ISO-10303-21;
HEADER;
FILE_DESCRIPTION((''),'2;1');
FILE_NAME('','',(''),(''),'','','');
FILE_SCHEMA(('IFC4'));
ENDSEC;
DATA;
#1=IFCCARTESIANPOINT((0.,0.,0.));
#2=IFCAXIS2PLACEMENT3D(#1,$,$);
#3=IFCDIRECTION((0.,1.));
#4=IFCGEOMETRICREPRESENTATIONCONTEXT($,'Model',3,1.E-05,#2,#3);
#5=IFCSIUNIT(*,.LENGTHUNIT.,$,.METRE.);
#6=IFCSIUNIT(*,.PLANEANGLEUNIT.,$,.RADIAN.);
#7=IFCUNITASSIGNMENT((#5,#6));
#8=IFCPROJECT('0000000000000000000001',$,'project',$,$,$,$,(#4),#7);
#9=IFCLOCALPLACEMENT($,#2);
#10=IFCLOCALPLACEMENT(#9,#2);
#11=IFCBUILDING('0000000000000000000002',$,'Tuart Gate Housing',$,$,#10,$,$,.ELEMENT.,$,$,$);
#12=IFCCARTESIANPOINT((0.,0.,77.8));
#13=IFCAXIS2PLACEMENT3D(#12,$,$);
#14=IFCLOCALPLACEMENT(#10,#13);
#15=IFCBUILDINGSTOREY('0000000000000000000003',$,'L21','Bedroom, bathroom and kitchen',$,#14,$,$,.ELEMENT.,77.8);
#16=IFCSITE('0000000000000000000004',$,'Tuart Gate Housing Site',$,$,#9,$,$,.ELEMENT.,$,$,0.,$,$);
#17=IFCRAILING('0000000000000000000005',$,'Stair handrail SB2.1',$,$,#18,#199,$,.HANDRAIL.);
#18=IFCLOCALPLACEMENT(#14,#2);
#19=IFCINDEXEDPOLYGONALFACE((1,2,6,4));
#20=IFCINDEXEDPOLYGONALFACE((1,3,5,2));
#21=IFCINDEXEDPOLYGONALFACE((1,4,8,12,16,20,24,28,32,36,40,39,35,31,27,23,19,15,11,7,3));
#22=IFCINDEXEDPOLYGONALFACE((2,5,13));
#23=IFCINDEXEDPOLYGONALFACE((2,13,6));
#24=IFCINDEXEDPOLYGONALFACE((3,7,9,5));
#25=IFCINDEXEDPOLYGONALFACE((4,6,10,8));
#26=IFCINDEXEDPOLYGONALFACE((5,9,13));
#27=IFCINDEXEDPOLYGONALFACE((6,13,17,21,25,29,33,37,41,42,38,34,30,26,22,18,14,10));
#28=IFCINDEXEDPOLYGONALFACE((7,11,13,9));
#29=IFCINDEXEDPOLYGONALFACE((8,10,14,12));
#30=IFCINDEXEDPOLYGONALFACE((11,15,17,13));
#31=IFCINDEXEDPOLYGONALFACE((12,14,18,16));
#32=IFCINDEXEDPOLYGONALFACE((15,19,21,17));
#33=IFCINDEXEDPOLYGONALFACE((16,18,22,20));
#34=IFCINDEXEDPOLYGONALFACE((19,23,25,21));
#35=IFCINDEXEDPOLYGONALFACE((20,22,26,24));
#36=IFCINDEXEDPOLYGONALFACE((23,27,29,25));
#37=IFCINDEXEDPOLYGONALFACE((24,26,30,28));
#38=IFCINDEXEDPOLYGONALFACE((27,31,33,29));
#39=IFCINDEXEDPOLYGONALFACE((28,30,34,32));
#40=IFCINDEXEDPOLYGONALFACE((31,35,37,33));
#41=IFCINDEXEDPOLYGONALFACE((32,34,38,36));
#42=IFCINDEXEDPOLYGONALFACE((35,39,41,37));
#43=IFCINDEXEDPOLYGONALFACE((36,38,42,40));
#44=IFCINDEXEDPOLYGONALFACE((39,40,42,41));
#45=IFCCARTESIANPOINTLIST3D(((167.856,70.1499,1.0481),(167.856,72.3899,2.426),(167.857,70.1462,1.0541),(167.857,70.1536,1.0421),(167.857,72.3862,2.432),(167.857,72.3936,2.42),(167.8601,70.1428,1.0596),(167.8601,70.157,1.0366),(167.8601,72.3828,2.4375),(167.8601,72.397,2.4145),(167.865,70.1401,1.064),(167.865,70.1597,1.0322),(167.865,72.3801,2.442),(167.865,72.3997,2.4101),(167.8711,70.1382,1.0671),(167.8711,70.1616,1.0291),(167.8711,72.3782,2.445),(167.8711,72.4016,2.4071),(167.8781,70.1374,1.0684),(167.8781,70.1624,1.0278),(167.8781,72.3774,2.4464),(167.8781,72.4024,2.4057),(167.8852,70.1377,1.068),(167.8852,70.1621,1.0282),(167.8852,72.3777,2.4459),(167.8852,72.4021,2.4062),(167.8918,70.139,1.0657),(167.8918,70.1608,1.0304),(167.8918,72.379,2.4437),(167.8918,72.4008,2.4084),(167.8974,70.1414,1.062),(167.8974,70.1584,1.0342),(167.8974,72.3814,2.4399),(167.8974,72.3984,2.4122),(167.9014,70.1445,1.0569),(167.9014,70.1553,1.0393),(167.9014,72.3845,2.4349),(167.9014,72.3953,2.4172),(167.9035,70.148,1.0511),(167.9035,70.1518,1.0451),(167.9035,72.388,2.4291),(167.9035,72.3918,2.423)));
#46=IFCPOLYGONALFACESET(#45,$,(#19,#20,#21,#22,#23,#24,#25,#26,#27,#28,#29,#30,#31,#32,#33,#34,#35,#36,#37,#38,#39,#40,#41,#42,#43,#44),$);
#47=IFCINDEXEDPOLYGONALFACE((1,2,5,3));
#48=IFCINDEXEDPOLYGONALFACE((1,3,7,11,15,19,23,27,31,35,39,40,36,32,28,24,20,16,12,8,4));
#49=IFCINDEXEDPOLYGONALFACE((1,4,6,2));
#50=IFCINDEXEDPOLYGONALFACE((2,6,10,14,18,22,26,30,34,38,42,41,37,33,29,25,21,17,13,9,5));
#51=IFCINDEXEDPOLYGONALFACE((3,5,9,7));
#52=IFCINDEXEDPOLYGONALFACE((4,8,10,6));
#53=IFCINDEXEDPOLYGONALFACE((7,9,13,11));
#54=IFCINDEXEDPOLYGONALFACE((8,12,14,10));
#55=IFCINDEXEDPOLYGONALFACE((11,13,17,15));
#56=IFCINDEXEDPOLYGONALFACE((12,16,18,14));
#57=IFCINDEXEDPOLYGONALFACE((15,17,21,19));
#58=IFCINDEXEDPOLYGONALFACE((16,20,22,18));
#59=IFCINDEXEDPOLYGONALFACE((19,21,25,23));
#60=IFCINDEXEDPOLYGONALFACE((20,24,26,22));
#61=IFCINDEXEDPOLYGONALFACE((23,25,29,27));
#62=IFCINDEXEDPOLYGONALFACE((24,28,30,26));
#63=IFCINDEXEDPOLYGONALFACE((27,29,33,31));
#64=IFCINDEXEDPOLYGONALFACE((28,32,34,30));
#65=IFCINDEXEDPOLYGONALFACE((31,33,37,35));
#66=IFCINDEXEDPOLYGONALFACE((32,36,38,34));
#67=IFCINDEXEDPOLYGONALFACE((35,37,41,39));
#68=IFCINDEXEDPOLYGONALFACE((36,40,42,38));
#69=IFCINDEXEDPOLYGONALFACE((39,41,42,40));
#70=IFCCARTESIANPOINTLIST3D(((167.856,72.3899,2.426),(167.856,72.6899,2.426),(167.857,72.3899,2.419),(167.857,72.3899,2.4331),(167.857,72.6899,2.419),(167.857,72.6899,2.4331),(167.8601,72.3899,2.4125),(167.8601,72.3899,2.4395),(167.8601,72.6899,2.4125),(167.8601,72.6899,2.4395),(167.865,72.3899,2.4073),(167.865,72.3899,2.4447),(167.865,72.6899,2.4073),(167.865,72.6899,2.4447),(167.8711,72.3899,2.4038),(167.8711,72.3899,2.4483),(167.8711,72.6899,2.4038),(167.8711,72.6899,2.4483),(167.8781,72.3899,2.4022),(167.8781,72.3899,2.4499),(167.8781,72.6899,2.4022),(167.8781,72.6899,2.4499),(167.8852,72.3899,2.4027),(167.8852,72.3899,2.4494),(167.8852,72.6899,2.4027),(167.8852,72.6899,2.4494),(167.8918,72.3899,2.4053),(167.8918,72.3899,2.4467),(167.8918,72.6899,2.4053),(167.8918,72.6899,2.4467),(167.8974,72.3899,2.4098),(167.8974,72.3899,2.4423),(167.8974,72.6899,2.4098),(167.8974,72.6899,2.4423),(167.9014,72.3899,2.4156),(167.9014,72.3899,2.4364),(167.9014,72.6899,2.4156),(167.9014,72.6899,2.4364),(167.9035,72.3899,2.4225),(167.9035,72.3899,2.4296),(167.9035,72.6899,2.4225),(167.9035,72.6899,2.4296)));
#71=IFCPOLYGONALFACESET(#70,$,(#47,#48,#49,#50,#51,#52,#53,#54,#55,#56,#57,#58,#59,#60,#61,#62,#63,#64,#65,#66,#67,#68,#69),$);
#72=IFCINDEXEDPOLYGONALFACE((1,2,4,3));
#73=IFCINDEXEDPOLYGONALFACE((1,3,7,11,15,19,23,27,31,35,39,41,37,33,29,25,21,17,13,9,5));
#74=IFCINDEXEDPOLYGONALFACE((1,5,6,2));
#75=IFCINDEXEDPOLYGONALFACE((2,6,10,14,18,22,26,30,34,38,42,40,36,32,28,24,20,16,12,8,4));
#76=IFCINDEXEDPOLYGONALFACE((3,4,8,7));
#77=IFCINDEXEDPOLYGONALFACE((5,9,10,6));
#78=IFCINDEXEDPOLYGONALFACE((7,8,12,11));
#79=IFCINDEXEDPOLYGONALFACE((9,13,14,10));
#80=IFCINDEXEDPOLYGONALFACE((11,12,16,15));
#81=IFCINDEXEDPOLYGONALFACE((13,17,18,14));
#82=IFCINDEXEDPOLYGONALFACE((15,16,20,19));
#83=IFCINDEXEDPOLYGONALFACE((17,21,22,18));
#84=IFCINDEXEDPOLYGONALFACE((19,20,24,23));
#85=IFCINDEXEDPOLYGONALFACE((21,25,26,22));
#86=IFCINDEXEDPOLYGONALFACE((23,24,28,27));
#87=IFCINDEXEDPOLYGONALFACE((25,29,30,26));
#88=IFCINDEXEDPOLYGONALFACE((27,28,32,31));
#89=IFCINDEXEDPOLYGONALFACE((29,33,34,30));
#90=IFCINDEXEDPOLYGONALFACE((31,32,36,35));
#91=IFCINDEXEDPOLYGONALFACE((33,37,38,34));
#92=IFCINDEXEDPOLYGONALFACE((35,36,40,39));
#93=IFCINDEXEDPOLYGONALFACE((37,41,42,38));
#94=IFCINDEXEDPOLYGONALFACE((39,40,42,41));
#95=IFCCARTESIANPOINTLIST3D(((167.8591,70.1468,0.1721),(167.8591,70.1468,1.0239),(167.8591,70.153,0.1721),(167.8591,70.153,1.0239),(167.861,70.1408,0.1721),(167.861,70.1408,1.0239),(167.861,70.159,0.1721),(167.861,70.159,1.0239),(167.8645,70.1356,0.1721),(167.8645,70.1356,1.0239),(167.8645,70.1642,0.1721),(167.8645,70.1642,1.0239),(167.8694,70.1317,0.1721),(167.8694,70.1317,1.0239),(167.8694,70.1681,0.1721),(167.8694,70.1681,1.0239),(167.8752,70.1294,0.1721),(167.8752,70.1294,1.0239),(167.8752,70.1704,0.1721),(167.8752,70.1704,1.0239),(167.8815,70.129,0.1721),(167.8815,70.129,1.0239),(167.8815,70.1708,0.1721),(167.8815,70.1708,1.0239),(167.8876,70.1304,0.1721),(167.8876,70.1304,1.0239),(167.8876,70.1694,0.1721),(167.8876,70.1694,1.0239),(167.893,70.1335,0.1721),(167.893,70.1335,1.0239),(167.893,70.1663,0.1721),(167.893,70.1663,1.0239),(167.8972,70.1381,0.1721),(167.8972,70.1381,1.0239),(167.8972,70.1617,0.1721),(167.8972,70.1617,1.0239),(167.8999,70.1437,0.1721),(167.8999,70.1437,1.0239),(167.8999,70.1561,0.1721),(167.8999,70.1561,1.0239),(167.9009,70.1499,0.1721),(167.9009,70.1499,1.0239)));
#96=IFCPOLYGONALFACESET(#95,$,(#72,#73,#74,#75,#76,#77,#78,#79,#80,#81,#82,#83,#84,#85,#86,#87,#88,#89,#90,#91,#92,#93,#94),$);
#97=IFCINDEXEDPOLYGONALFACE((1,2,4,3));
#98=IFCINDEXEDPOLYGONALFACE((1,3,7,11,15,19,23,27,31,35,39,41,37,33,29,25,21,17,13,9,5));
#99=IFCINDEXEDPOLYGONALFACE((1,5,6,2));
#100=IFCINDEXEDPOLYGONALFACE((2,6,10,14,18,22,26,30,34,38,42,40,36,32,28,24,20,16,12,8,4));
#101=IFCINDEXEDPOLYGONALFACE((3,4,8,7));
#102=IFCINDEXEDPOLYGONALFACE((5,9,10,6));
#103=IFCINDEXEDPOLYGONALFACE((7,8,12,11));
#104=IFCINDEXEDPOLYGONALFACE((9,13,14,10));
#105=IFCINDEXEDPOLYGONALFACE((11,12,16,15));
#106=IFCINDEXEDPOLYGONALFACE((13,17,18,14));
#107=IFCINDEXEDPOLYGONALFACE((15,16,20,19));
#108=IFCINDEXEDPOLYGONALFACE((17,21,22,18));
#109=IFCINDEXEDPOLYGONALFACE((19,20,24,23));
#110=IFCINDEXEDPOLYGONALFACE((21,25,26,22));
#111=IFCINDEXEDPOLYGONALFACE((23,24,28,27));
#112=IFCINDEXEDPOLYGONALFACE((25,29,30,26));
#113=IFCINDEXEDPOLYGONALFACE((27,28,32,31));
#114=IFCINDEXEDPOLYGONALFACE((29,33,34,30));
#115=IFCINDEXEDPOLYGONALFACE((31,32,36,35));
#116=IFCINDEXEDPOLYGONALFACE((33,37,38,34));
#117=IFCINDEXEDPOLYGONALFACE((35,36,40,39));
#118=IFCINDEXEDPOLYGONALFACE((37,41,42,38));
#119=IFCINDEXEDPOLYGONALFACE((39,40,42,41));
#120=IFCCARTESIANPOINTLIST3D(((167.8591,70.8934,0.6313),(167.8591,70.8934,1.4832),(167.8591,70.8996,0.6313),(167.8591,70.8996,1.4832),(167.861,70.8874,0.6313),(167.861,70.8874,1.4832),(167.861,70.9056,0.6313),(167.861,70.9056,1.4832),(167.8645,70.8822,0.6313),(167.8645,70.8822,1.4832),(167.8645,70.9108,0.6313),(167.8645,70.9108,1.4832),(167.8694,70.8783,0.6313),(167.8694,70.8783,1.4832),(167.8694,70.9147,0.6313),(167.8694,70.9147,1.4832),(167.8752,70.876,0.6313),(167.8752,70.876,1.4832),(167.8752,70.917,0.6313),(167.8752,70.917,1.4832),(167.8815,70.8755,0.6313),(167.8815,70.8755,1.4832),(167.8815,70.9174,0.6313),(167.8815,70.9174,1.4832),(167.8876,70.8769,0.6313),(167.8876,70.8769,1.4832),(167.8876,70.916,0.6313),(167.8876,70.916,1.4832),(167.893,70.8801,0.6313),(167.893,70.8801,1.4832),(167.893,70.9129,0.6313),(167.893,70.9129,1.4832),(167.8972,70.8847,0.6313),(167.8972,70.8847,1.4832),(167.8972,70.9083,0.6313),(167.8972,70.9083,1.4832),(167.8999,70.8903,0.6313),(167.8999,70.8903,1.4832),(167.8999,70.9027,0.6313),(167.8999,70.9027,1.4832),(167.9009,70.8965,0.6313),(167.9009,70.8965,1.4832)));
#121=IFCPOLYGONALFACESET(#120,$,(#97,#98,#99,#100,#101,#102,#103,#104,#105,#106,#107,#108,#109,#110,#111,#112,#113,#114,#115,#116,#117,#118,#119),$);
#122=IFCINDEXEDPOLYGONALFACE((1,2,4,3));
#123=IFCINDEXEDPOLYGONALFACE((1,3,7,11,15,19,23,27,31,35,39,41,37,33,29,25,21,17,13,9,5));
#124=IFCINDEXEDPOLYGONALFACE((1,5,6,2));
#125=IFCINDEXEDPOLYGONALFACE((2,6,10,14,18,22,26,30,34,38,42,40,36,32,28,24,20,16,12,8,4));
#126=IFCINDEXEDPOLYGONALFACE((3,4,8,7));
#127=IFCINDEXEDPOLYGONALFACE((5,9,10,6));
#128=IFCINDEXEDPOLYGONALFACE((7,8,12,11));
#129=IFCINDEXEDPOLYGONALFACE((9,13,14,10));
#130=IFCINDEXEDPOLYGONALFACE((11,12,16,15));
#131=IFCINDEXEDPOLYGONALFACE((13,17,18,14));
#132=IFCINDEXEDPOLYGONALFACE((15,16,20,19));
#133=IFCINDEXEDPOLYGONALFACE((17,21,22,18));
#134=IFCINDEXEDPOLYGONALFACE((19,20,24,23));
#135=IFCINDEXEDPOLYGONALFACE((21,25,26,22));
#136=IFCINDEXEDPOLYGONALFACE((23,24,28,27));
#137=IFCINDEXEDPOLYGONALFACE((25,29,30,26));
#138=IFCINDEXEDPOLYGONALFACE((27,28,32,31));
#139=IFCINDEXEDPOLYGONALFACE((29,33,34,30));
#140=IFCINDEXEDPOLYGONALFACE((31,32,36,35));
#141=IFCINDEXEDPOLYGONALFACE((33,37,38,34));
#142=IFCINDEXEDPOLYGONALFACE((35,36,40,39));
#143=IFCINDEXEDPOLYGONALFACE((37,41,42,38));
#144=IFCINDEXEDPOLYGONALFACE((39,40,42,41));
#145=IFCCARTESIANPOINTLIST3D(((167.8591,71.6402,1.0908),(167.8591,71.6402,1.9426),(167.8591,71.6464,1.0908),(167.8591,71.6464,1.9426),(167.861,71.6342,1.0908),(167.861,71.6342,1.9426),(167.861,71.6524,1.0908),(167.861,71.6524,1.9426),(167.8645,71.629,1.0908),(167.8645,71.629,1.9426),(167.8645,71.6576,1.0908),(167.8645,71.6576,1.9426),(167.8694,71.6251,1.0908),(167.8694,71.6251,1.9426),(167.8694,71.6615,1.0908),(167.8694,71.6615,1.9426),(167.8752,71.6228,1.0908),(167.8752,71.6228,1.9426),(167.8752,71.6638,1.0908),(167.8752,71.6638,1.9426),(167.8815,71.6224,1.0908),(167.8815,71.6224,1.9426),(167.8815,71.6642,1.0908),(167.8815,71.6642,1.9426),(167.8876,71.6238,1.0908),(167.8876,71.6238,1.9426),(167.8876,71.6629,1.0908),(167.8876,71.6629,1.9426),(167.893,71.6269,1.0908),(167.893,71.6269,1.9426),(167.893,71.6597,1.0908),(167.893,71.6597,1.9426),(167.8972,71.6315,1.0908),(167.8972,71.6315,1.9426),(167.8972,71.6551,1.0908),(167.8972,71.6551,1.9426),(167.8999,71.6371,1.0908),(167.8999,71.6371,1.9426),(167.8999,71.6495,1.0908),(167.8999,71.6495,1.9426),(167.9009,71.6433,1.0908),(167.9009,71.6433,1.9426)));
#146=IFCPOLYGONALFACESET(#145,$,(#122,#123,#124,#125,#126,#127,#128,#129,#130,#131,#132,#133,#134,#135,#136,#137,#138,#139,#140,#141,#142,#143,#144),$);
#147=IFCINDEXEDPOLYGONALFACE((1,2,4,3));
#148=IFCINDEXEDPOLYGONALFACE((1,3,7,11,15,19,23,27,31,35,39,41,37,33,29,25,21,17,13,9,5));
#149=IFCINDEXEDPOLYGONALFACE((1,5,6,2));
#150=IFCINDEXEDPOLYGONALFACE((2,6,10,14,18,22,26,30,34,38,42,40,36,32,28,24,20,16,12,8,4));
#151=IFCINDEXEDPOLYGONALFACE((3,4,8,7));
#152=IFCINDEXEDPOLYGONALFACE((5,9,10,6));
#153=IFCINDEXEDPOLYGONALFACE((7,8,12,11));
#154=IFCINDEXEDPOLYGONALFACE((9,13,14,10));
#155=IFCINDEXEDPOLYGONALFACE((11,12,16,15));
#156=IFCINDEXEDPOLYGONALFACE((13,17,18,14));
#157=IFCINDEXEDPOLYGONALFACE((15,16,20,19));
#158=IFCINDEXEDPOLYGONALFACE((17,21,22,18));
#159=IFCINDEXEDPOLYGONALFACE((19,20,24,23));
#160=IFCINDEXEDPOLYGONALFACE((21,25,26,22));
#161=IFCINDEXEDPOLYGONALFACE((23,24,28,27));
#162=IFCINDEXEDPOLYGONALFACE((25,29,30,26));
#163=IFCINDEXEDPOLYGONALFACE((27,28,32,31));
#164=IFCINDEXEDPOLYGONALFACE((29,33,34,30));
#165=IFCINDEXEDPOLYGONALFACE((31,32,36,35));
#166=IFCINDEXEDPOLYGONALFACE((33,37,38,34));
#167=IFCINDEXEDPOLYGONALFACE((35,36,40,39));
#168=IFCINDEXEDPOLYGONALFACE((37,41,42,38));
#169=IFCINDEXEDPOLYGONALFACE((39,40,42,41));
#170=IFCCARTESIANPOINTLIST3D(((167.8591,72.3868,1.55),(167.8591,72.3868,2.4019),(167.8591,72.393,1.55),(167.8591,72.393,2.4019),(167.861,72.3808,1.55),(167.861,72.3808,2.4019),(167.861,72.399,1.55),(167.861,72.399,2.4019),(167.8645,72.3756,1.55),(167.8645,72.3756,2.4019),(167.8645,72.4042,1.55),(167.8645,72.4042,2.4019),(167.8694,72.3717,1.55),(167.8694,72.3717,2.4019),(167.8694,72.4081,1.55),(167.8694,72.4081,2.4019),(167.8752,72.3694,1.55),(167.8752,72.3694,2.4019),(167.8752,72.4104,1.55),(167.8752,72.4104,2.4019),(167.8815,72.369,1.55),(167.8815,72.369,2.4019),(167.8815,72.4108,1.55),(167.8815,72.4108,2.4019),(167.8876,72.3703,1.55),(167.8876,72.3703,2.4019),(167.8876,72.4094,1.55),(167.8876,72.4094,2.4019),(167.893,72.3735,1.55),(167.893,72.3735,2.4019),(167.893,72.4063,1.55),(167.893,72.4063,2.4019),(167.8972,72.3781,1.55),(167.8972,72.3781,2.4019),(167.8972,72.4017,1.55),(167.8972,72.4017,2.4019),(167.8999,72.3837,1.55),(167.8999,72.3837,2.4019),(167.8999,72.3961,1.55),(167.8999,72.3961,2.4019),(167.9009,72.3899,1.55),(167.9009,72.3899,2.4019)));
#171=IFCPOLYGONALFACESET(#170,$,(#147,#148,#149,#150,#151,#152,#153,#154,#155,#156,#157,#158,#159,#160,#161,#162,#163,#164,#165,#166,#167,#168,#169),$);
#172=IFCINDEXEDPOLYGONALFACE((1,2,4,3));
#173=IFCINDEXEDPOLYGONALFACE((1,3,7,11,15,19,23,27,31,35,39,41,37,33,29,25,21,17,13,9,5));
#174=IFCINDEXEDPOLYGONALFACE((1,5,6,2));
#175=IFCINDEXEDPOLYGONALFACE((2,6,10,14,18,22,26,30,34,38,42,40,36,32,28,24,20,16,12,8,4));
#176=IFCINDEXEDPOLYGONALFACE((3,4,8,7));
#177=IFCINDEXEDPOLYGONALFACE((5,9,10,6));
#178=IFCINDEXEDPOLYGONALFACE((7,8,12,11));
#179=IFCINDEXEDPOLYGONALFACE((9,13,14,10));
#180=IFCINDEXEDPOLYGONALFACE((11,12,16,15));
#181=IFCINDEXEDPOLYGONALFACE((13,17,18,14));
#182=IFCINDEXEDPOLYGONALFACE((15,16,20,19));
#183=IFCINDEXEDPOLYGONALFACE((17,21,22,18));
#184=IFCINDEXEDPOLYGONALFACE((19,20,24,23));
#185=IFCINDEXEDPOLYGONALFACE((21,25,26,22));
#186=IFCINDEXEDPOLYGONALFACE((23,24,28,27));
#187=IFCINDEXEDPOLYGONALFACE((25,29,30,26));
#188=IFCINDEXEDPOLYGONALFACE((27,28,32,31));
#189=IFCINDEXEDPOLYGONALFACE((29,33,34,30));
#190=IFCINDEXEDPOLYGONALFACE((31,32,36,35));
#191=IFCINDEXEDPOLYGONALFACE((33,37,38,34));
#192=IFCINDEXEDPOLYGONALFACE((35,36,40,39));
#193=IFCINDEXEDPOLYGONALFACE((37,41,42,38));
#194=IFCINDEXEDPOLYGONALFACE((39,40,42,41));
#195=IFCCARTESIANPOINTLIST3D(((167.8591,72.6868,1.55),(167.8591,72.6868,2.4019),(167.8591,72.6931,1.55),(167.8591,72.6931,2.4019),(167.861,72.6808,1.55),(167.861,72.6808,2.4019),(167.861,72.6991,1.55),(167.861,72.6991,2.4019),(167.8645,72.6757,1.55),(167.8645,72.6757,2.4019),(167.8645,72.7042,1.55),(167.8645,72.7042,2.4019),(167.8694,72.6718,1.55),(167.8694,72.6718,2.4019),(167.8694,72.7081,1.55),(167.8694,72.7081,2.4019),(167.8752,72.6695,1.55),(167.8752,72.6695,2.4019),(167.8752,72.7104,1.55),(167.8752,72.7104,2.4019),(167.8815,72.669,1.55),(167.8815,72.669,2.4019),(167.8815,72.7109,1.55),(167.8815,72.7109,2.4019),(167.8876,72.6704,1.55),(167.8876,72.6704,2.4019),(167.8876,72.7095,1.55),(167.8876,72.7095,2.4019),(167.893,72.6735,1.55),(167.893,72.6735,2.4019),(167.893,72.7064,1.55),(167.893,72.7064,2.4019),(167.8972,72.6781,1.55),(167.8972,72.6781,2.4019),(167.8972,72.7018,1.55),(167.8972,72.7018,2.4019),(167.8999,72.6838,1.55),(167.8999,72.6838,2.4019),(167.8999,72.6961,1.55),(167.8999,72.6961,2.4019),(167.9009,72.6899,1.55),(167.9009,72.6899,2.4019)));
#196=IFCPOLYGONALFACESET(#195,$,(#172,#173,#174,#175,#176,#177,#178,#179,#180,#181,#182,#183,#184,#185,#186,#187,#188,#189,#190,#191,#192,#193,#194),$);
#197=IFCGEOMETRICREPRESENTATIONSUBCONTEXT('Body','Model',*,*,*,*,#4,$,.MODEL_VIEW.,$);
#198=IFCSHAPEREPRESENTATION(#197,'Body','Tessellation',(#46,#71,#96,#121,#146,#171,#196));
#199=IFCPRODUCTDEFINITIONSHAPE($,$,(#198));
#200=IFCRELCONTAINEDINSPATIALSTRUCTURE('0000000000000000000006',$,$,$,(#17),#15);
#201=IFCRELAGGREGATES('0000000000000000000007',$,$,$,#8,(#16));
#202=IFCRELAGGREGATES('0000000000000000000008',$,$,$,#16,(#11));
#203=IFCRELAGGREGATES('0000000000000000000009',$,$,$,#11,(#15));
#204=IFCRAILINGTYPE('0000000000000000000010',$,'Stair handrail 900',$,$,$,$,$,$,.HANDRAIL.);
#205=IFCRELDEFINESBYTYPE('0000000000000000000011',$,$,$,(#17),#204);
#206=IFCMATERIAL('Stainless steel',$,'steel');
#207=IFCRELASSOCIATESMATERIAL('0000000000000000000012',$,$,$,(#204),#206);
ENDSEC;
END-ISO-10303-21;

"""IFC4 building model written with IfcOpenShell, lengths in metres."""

from ifc_helpers import new_model, si_unit, direction, frame, origin, origin_2d, place, context, subcontext, project, spatial, circle, extrude, material, type_object, element, save


model = new_model("IFC4")

# Units and contexts
model_context = context("Model", 3, precision=1e-05, world=origin(), true_north=direction((0.0, 1.0)))
body_context = subcontext(model_context, "Body", "Model", "MODEL_VIEW")
ifc_project = project(units=[si_unit("LENGTHUNIT", "METRE"), si_unit("PLANEANGLEUNIT", "RADIAN")], contexts=[model_context])

# Site, building, storey
site_placement = place(None, origin())
site = spatial("IfcSite", under=ifc_project, at=site_placement, Name="Tuart Gate Housing Site", CompositionType="ELEMENT", RefElevation=0.0)
building_placement = place(site_placement, origin())
building = spatial("IfcBuilding", under=site, at=building_placement, Name="Tuart Gate Housing", CompositionType="ELEMENT")
storey_placement = place(building_placement, frame((0.0, 0.0, 77.8)))
storey = spatial("IfcBuildingStorey", under=building, at=storey_placement, Name="L21", Description="Bedroom, bathroom and kitchen", CompositionType="ELEMENT", Elevation=77.8)

# Railing
ifc_material_1 = material(Name="Stainless steel", Category="steel")
railing_type = type_object("IfcRailingType", Name="Stair handrail 900", PredefinedType="HANDRAIL", material=ifc_material_1)
railing_placement = place(storey_placement, frame((167.8799, 70.1499, 0.1721)))
element("IfcRailing", 1, at=railing_placement, inside=storey, type_object=railing_type, Name="Stair handrail SB2.1", PredefinedType="HANDRAIL", context=body_context, shape_type="SweptSolid", body=[
    extrude(circle(Radius=0.0239, at=origin_2d()), frame((0.0, 0.0, 0.876), z_axis=(0.0, 0.851748, 0.523952), x_axis=(-1.0, 0.0, 0.0)), (0.0, 0.0, 1.0), 2.6299),
    extrude(circle(Radius=0.0239, at=origin_2d()), frame((0.0, 2.24, 2.2539), z_axis=(0.0, 1.0, 0.0), x_axis=(-1.0, 0.0, 0.0)), (0.0, 0.0, 1.0), 0.3),
    extrude(circle(Radius=0.021, at=origin_2d()), origin(), (0.0, 0.0, 1.0), 0.8518),
    extrude(circle(Radius=0.021, at=origin_2d()), frame((0.0, 0.7466, 0.4592)), (0.0, 0.0, 1.0), 0.8518),
    extrude(circle(Radius=0.021, at=origin_2d()), frame((0.0, 1.4934, 0.9187)), (0.0, 0.0, 1.0), 0.8518),
    extrude(circle(Radius=0.021, at=origin_2d()), frame((0.0, 2.24, 1.3779)), (0.0, 0.0, 1.0), 0.8518),
    extrude(circle(Radius=0.021, at=origin_2d()), frame((0.0, 2.54, 1.3779)), (0.0, 0.0, 1.0), 0.8518),
])

save(model, "model.ifc")
